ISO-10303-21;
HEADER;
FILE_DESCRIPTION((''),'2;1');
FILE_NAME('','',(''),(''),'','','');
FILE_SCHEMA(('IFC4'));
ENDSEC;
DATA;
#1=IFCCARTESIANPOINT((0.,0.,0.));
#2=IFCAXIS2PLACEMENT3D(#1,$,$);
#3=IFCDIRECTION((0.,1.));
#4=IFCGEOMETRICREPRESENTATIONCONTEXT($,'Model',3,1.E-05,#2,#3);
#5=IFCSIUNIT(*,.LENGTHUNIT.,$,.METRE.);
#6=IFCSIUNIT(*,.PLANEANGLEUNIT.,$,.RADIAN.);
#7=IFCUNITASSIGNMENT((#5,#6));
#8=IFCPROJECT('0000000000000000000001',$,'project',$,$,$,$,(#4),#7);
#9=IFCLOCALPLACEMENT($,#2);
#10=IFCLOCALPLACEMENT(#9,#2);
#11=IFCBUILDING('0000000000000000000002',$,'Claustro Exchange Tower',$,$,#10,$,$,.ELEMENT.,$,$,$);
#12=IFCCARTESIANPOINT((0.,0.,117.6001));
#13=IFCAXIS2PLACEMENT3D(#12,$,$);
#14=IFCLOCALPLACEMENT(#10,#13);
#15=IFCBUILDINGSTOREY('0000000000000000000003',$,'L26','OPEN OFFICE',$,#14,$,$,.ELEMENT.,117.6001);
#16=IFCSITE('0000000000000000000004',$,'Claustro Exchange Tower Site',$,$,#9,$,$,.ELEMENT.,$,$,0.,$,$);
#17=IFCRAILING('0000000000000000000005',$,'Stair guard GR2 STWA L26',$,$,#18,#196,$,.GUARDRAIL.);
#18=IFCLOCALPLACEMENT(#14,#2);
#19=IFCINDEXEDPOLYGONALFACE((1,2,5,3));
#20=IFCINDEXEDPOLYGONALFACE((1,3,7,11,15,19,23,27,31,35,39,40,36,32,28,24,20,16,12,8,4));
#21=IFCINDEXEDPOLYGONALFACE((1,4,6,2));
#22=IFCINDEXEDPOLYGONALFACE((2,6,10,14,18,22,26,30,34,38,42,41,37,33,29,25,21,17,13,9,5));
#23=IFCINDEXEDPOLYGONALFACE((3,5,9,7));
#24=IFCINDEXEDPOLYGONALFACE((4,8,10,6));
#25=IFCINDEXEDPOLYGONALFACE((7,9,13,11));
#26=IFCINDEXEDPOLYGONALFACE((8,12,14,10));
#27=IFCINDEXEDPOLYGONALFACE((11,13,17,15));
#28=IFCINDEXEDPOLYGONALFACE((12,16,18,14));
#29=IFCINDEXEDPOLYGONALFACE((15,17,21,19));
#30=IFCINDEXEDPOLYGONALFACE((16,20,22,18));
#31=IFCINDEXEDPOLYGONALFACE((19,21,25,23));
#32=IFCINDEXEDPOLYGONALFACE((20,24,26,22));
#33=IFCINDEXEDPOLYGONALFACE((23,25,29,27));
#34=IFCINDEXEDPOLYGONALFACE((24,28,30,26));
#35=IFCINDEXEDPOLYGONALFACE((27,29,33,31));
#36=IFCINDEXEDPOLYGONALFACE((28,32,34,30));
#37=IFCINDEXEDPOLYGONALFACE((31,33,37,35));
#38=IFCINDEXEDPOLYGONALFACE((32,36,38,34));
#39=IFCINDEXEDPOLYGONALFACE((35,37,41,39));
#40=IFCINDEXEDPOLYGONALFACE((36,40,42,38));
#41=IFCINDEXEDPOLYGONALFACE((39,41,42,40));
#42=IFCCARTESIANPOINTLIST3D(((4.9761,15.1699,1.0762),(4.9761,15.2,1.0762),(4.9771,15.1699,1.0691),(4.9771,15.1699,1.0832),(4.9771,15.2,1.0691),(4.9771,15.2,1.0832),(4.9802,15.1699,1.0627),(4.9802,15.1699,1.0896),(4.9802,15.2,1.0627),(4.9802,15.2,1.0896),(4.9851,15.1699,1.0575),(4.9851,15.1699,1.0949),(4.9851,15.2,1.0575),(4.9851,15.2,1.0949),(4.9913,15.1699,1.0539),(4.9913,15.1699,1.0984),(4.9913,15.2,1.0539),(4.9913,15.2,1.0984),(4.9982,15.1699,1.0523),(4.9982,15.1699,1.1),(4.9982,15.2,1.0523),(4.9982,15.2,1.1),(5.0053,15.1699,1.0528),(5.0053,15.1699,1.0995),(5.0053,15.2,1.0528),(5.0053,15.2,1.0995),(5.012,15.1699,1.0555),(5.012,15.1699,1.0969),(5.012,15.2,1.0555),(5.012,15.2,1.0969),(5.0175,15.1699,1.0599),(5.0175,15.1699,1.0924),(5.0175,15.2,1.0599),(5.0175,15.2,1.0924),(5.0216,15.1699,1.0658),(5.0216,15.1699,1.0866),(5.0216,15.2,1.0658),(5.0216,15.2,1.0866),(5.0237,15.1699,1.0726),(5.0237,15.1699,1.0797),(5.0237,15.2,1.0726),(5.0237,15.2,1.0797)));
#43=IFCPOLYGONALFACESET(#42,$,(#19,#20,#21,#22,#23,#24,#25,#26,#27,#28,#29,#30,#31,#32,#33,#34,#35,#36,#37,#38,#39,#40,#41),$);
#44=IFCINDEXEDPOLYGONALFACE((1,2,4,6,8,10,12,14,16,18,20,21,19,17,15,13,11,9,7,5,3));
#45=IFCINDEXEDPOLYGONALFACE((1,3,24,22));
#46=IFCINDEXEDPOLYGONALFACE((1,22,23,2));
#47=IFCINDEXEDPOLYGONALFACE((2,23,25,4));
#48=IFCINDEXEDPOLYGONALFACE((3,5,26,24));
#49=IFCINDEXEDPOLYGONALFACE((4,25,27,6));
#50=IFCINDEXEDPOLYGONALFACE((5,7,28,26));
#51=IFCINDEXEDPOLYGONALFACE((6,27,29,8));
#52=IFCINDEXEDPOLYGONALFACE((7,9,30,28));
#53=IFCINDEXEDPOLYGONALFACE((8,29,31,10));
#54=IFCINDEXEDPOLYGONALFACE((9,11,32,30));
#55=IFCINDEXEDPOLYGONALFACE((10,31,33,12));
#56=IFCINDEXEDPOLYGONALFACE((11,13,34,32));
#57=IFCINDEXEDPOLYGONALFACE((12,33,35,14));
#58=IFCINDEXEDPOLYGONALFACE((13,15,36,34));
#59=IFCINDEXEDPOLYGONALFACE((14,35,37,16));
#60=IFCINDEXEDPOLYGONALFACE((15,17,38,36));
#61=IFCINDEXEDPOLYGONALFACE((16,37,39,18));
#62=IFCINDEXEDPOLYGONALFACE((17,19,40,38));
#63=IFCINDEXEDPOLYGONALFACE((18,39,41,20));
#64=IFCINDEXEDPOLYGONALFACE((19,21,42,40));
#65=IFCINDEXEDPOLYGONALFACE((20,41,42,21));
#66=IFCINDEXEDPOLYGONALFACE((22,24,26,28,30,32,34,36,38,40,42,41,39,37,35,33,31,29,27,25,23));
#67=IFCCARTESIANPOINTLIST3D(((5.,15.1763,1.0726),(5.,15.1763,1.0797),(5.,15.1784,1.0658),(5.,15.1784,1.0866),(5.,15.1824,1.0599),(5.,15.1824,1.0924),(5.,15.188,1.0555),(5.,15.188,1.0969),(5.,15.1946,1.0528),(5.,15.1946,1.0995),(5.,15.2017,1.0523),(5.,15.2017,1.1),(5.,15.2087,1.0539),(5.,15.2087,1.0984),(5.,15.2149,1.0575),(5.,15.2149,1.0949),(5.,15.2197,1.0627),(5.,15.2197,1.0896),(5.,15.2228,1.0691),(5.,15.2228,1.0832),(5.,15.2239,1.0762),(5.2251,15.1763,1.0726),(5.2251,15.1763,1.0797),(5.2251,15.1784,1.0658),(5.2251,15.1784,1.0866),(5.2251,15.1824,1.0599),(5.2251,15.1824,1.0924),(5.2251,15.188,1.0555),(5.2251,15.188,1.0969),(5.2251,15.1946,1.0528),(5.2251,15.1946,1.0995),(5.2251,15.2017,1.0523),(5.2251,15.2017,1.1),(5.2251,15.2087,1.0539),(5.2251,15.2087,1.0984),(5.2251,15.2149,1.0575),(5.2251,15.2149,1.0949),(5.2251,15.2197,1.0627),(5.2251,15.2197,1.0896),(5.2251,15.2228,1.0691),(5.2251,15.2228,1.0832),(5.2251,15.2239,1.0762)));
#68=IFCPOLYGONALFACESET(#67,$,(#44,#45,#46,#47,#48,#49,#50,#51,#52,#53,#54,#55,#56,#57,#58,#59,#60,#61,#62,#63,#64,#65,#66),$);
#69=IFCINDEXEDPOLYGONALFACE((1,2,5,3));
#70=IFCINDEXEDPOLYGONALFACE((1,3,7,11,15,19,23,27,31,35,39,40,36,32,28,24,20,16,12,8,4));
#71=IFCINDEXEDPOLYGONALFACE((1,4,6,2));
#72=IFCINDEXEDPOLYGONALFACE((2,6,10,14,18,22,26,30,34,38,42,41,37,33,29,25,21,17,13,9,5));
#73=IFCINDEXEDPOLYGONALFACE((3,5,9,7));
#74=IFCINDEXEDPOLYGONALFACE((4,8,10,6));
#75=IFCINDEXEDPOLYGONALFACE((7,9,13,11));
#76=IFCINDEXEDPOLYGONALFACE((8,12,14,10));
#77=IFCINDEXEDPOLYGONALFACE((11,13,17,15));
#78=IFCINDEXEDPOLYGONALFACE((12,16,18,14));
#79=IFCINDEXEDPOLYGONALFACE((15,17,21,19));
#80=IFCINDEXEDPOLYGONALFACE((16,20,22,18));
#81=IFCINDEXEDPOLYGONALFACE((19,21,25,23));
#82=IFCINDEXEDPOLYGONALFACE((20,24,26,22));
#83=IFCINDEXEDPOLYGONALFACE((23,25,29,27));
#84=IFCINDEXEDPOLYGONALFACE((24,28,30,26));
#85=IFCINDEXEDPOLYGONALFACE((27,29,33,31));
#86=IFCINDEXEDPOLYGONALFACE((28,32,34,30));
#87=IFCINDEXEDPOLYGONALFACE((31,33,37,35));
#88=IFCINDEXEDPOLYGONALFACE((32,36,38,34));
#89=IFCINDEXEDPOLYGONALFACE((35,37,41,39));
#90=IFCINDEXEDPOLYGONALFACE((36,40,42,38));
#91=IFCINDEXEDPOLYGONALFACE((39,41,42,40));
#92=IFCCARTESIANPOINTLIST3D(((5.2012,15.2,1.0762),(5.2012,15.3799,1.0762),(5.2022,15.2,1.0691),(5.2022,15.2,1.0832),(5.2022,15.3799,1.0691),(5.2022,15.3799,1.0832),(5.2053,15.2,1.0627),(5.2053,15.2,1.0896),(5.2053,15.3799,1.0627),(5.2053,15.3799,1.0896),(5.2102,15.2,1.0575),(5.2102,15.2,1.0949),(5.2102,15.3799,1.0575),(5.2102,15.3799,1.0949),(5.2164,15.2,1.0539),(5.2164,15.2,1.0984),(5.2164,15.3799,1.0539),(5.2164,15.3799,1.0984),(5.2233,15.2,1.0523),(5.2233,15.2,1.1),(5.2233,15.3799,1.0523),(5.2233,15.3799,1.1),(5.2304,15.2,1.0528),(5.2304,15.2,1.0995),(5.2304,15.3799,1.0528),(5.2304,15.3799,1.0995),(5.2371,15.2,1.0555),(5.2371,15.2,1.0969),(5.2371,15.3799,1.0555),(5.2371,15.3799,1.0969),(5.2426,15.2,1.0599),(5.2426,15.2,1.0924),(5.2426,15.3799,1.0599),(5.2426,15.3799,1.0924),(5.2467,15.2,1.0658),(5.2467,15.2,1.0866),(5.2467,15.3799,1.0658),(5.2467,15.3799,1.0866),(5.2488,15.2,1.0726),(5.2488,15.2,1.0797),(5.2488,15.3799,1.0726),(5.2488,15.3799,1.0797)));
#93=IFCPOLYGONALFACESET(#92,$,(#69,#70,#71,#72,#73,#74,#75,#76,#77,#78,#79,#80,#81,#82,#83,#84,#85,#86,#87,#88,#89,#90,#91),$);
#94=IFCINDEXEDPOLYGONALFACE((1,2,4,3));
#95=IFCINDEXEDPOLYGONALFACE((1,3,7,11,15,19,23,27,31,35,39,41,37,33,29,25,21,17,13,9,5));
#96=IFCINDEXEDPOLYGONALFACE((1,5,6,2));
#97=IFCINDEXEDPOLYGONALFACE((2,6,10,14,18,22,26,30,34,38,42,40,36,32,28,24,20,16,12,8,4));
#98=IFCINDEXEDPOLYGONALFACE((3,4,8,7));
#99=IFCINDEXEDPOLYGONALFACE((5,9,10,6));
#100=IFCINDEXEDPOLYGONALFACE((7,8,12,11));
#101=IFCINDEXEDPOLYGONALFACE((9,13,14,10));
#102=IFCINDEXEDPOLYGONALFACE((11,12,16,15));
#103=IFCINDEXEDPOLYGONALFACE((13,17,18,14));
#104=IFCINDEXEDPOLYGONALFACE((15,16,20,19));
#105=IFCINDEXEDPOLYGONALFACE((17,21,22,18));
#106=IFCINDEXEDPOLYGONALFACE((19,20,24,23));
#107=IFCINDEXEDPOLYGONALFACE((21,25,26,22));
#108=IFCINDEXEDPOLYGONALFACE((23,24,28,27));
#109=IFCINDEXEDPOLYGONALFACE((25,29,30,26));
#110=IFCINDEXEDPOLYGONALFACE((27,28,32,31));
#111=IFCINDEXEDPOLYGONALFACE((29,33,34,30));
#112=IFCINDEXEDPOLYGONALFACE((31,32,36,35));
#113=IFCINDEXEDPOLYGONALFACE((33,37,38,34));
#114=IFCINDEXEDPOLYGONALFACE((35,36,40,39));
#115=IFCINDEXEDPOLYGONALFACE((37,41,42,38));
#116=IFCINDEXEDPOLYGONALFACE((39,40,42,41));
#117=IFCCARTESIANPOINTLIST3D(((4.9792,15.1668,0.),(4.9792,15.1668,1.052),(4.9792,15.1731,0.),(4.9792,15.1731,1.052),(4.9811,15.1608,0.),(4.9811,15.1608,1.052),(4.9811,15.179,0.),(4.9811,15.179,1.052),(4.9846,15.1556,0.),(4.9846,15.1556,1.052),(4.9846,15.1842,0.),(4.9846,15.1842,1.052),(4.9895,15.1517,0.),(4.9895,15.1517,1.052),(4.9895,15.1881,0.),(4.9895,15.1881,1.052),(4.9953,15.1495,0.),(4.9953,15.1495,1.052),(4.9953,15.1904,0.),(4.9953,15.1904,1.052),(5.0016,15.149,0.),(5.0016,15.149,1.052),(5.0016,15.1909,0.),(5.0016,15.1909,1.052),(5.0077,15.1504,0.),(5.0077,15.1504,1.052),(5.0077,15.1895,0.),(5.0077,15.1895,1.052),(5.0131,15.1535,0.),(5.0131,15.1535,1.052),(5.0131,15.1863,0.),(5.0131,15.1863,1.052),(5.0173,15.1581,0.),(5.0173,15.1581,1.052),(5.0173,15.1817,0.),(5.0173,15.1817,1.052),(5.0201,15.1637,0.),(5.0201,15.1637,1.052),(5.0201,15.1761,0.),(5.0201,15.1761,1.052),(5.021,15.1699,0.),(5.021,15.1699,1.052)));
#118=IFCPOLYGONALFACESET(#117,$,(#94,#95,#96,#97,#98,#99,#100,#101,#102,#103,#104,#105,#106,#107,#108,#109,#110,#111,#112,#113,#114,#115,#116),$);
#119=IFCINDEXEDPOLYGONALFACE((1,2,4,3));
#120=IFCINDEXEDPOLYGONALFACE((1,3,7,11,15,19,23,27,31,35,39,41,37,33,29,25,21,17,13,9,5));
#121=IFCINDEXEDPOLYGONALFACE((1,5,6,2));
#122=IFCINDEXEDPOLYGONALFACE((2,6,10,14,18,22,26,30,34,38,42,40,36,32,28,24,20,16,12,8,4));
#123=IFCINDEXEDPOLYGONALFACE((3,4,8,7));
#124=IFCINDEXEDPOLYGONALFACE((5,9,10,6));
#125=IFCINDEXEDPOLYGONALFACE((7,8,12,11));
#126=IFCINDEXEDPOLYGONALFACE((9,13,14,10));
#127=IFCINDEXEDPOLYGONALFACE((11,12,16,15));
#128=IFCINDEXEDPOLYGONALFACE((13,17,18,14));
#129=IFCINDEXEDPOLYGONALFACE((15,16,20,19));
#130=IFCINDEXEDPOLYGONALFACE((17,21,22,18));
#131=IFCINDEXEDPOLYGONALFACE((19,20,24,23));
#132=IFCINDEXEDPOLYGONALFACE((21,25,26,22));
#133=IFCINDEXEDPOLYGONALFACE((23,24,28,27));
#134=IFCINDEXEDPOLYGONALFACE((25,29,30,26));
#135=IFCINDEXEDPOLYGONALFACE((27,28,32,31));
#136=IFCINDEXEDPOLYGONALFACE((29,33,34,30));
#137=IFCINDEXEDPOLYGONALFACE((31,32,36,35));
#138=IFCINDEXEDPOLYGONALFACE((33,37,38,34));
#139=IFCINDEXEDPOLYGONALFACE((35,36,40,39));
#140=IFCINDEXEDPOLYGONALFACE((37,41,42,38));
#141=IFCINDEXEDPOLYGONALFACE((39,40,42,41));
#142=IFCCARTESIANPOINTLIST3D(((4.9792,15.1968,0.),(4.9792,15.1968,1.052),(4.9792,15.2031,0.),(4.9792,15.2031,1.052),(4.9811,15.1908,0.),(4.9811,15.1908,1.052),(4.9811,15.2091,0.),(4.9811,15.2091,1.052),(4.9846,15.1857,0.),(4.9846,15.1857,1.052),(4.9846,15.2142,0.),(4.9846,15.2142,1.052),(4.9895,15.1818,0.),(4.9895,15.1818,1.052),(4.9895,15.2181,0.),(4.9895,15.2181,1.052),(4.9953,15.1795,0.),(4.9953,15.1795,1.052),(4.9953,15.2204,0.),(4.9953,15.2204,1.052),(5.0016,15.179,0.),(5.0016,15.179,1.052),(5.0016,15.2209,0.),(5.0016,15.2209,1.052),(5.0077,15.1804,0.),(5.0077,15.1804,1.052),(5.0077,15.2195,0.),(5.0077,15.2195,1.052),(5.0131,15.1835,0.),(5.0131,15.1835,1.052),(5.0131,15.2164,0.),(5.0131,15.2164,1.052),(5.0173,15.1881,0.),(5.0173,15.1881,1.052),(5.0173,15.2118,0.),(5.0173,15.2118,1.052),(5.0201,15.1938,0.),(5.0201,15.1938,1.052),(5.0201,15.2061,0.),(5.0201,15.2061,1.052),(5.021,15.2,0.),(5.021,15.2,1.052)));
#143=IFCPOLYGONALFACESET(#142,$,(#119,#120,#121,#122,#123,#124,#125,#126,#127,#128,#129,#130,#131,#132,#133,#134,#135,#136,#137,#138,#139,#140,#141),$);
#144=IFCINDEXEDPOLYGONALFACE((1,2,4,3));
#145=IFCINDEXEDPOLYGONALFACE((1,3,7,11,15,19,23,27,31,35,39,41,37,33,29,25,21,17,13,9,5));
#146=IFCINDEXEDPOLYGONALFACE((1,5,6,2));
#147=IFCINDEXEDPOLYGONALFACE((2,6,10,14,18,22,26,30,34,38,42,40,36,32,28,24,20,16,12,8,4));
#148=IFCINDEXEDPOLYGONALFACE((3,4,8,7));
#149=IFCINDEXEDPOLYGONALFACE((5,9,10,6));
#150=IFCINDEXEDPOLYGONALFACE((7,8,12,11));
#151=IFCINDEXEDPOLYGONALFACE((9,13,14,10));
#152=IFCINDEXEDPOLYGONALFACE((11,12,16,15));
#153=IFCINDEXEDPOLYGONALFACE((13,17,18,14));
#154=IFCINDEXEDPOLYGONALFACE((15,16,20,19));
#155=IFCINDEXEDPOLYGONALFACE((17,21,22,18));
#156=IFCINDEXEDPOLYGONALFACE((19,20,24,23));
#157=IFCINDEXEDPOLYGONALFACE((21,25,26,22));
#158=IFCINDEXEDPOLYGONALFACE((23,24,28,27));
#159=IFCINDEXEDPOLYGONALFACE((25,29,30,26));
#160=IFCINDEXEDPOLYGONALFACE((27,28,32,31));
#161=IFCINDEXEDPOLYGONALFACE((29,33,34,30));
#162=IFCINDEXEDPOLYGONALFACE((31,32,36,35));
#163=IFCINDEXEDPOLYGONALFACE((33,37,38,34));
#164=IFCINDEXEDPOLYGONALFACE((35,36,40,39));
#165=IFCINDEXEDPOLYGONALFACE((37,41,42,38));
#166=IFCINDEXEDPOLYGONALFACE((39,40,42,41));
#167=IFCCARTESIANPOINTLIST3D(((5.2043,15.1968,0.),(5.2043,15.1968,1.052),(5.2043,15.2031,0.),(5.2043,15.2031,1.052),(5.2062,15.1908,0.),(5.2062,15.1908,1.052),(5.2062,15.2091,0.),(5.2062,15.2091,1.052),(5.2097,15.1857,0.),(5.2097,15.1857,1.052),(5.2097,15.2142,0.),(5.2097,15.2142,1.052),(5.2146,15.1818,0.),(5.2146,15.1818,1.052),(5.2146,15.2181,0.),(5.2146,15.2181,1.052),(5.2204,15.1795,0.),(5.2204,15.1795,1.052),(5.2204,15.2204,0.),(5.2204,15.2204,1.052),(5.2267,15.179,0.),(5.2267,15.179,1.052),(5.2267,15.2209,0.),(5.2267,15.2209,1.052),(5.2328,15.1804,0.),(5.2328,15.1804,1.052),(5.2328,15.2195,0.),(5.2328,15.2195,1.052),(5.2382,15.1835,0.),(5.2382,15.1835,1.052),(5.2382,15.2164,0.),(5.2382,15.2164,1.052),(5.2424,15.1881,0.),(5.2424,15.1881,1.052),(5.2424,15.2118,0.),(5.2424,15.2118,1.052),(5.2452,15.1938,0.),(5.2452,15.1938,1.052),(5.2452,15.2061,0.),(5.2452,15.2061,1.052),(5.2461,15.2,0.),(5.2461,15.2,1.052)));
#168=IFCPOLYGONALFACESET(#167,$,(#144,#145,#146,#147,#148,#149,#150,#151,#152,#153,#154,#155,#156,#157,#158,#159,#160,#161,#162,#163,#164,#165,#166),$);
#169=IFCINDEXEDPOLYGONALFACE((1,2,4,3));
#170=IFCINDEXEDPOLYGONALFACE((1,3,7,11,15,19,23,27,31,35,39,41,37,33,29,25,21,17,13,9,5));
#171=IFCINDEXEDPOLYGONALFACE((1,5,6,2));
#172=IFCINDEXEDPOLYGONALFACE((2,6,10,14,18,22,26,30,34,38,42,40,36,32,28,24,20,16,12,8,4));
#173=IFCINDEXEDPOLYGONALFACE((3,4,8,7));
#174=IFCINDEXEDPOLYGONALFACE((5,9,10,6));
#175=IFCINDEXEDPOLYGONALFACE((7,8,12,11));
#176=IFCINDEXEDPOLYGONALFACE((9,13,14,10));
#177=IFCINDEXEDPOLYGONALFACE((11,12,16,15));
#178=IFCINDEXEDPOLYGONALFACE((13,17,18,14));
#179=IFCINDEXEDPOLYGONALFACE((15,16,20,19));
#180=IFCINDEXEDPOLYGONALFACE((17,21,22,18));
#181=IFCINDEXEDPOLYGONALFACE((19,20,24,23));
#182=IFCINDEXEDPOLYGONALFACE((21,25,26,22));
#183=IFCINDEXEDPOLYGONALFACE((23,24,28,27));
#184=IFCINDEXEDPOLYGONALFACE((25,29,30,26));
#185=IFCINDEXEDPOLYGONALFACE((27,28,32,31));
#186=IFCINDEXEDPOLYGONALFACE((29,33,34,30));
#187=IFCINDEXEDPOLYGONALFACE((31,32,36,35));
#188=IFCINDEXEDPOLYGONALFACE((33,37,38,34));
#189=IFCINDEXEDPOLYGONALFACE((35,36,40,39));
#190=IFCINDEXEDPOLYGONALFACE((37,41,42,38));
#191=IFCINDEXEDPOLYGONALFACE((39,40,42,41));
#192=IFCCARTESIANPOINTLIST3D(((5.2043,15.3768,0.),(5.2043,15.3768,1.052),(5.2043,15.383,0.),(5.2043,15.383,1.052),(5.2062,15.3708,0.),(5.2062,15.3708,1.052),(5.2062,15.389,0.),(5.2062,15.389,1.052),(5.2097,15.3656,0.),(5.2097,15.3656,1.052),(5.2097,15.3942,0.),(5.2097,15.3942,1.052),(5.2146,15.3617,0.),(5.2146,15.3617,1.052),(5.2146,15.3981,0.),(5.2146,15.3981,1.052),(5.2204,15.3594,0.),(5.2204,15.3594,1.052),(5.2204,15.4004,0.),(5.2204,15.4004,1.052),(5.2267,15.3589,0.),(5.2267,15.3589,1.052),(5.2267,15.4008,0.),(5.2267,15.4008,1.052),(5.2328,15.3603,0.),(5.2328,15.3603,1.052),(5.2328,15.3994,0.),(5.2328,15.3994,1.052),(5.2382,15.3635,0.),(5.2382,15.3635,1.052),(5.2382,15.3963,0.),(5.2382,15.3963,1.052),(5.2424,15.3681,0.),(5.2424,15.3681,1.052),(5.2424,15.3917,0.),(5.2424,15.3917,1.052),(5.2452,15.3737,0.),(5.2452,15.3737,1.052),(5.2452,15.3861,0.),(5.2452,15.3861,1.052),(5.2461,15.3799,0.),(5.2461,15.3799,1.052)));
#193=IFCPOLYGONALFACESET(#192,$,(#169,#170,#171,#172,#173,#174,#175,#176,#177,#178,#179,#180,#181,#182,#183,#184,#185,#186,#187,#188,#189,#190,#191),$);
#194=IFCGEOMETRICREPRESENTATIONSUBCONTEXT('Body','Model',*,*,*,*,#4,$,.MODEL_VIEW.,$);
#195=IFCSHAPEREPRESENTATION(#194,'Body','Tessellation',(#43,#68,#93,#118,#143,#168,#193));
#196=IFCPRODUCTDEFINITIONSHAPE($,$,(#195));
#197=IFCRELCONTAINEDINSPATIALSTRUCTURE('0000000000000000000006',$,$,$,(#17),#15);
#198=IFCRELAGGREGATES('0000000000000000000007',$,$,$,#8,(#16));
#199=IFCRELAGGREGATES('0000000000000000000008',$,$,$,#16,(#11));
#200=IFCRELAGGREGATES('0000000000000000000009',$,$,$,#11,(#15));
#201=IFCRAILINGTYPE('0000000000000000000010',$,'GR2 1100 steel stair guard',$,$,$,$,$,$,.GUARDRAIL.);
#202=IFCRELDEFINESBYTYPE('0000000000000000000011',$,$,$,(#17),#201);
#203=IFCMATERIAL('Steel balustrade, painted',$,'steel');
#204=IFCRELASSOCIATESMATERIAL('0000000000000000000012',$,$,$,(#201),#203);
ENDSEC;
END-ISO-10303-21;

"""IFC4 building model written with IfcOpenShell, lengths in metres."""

from ifc_helpers import new_model, si_unit, direction, frame, origin, origin_2d, place, context, subcontext, project, spatial, circle, extrude, material, type_object, element, save


model = new_model("IFC4")

# Units and contexts
model_context = context("Model", 3, precision=1e-05, world=origin(), true_north=direction((0.0, 1.0)))
body_context = subcontext(model_context, "Body", "Model", "MODEL_VIEW")
ifc_project = project(units=[si_unit("LENGTHUNIT", "METRE"), si_unit("PLANEANGLEUNIT", "RADIAN")], contexts=[model_context])

# Site, building, storey
site_placement = place(None, origin())
site = spatial("IfcSite", under=ifc_project, at=site_placement, Name="Claustro Exchange Tower Site", CompositionType="ELEMENT", RefElevation=0.0)
building_placement = place(site_placement, origin())
building = spatial("IfcBuilding", under=site, at=building_placement, Name="Claustro Exchange Tower", CompositionType="ELEMENT")
storey_placement = place(building_placement, frame((0.0, 0.0, 117.6001)))
storey = spatial("IfcBuildingStorey", under=building, at=storey_placement, Name="L26", Description="OPEN OFFICE", CompositionType="ELEMENT", Elevation=117.6001)

# Railing
ifc_material_1 = material(Name="Steel balustrade, painted", Category="steel")
railing_type_1 = type_object("IfcRailingType", Name="GR2 1100 steel stair guard", PredefinedType="GUARDRAIL", material=ifc_material_1)
railing_1_placement = place(storey_placement, frame((5.0, 15.1699, 0.0)))
element("IfcRailing", 1, at=railing_1_placement, inside=storey, type_object=railing_type_1, Name="Stair guard GR2 STWA L26", PredefinedType="GUARDRAIL", context=body_context, shape_type="SweptSolid", body=[
    extrude(circle(Radius=0.0239, at=origin_2d()), frame((0.0, 0.0, 1.0762), z_axis=(0.0, 1.0, 0.0), x_axis=(-1.0, 0.0, 0.0)), (0.0, 0.0, 1.0), 0.03),
    extrude(circle(Radius=0.0239, at=origin_2d()), frame((0.0, 0.03, 1.0762), z_axis=(1.0, 0.0, 0.0), x_axis=(0.0, 1.0, 0.0)), (0.0, 0.0, 1.0), 0.2251),
    extrude(circle(Radius=0.0239, at=origin_2d()), frame((0.2251, 0.03, 1.0762), z_axis=(0.0, 1.0, 0.0), x_axis=(-1.0, 0.0, 0.0)), (0.0, 0.0, 1.0), 0.1799),
    extrude(circle(Radius=0.021, at=origin_2d()), origin(), (0.0, 0.0, 1.0), 1.052),
    extrude(circle(Radius=0.021, at=origin_2d()), frame((0.0, 0.03, 0.0)), (0.0, 0.0, 1.0), 1.052),
    extrude(circle(Radius=0.021, at=origin_2d()), frame((0.2251, 0.03, 0.0)), (0.0, 0.0, 1.0), 1.052),
    extrude(circle(Radius=0.021, at=origin_2d()), frame((0.2251, 0.21, 0.0)), (0.0, 0.0, 1.0), 1.052),
])

save(model, "model.ifc")
